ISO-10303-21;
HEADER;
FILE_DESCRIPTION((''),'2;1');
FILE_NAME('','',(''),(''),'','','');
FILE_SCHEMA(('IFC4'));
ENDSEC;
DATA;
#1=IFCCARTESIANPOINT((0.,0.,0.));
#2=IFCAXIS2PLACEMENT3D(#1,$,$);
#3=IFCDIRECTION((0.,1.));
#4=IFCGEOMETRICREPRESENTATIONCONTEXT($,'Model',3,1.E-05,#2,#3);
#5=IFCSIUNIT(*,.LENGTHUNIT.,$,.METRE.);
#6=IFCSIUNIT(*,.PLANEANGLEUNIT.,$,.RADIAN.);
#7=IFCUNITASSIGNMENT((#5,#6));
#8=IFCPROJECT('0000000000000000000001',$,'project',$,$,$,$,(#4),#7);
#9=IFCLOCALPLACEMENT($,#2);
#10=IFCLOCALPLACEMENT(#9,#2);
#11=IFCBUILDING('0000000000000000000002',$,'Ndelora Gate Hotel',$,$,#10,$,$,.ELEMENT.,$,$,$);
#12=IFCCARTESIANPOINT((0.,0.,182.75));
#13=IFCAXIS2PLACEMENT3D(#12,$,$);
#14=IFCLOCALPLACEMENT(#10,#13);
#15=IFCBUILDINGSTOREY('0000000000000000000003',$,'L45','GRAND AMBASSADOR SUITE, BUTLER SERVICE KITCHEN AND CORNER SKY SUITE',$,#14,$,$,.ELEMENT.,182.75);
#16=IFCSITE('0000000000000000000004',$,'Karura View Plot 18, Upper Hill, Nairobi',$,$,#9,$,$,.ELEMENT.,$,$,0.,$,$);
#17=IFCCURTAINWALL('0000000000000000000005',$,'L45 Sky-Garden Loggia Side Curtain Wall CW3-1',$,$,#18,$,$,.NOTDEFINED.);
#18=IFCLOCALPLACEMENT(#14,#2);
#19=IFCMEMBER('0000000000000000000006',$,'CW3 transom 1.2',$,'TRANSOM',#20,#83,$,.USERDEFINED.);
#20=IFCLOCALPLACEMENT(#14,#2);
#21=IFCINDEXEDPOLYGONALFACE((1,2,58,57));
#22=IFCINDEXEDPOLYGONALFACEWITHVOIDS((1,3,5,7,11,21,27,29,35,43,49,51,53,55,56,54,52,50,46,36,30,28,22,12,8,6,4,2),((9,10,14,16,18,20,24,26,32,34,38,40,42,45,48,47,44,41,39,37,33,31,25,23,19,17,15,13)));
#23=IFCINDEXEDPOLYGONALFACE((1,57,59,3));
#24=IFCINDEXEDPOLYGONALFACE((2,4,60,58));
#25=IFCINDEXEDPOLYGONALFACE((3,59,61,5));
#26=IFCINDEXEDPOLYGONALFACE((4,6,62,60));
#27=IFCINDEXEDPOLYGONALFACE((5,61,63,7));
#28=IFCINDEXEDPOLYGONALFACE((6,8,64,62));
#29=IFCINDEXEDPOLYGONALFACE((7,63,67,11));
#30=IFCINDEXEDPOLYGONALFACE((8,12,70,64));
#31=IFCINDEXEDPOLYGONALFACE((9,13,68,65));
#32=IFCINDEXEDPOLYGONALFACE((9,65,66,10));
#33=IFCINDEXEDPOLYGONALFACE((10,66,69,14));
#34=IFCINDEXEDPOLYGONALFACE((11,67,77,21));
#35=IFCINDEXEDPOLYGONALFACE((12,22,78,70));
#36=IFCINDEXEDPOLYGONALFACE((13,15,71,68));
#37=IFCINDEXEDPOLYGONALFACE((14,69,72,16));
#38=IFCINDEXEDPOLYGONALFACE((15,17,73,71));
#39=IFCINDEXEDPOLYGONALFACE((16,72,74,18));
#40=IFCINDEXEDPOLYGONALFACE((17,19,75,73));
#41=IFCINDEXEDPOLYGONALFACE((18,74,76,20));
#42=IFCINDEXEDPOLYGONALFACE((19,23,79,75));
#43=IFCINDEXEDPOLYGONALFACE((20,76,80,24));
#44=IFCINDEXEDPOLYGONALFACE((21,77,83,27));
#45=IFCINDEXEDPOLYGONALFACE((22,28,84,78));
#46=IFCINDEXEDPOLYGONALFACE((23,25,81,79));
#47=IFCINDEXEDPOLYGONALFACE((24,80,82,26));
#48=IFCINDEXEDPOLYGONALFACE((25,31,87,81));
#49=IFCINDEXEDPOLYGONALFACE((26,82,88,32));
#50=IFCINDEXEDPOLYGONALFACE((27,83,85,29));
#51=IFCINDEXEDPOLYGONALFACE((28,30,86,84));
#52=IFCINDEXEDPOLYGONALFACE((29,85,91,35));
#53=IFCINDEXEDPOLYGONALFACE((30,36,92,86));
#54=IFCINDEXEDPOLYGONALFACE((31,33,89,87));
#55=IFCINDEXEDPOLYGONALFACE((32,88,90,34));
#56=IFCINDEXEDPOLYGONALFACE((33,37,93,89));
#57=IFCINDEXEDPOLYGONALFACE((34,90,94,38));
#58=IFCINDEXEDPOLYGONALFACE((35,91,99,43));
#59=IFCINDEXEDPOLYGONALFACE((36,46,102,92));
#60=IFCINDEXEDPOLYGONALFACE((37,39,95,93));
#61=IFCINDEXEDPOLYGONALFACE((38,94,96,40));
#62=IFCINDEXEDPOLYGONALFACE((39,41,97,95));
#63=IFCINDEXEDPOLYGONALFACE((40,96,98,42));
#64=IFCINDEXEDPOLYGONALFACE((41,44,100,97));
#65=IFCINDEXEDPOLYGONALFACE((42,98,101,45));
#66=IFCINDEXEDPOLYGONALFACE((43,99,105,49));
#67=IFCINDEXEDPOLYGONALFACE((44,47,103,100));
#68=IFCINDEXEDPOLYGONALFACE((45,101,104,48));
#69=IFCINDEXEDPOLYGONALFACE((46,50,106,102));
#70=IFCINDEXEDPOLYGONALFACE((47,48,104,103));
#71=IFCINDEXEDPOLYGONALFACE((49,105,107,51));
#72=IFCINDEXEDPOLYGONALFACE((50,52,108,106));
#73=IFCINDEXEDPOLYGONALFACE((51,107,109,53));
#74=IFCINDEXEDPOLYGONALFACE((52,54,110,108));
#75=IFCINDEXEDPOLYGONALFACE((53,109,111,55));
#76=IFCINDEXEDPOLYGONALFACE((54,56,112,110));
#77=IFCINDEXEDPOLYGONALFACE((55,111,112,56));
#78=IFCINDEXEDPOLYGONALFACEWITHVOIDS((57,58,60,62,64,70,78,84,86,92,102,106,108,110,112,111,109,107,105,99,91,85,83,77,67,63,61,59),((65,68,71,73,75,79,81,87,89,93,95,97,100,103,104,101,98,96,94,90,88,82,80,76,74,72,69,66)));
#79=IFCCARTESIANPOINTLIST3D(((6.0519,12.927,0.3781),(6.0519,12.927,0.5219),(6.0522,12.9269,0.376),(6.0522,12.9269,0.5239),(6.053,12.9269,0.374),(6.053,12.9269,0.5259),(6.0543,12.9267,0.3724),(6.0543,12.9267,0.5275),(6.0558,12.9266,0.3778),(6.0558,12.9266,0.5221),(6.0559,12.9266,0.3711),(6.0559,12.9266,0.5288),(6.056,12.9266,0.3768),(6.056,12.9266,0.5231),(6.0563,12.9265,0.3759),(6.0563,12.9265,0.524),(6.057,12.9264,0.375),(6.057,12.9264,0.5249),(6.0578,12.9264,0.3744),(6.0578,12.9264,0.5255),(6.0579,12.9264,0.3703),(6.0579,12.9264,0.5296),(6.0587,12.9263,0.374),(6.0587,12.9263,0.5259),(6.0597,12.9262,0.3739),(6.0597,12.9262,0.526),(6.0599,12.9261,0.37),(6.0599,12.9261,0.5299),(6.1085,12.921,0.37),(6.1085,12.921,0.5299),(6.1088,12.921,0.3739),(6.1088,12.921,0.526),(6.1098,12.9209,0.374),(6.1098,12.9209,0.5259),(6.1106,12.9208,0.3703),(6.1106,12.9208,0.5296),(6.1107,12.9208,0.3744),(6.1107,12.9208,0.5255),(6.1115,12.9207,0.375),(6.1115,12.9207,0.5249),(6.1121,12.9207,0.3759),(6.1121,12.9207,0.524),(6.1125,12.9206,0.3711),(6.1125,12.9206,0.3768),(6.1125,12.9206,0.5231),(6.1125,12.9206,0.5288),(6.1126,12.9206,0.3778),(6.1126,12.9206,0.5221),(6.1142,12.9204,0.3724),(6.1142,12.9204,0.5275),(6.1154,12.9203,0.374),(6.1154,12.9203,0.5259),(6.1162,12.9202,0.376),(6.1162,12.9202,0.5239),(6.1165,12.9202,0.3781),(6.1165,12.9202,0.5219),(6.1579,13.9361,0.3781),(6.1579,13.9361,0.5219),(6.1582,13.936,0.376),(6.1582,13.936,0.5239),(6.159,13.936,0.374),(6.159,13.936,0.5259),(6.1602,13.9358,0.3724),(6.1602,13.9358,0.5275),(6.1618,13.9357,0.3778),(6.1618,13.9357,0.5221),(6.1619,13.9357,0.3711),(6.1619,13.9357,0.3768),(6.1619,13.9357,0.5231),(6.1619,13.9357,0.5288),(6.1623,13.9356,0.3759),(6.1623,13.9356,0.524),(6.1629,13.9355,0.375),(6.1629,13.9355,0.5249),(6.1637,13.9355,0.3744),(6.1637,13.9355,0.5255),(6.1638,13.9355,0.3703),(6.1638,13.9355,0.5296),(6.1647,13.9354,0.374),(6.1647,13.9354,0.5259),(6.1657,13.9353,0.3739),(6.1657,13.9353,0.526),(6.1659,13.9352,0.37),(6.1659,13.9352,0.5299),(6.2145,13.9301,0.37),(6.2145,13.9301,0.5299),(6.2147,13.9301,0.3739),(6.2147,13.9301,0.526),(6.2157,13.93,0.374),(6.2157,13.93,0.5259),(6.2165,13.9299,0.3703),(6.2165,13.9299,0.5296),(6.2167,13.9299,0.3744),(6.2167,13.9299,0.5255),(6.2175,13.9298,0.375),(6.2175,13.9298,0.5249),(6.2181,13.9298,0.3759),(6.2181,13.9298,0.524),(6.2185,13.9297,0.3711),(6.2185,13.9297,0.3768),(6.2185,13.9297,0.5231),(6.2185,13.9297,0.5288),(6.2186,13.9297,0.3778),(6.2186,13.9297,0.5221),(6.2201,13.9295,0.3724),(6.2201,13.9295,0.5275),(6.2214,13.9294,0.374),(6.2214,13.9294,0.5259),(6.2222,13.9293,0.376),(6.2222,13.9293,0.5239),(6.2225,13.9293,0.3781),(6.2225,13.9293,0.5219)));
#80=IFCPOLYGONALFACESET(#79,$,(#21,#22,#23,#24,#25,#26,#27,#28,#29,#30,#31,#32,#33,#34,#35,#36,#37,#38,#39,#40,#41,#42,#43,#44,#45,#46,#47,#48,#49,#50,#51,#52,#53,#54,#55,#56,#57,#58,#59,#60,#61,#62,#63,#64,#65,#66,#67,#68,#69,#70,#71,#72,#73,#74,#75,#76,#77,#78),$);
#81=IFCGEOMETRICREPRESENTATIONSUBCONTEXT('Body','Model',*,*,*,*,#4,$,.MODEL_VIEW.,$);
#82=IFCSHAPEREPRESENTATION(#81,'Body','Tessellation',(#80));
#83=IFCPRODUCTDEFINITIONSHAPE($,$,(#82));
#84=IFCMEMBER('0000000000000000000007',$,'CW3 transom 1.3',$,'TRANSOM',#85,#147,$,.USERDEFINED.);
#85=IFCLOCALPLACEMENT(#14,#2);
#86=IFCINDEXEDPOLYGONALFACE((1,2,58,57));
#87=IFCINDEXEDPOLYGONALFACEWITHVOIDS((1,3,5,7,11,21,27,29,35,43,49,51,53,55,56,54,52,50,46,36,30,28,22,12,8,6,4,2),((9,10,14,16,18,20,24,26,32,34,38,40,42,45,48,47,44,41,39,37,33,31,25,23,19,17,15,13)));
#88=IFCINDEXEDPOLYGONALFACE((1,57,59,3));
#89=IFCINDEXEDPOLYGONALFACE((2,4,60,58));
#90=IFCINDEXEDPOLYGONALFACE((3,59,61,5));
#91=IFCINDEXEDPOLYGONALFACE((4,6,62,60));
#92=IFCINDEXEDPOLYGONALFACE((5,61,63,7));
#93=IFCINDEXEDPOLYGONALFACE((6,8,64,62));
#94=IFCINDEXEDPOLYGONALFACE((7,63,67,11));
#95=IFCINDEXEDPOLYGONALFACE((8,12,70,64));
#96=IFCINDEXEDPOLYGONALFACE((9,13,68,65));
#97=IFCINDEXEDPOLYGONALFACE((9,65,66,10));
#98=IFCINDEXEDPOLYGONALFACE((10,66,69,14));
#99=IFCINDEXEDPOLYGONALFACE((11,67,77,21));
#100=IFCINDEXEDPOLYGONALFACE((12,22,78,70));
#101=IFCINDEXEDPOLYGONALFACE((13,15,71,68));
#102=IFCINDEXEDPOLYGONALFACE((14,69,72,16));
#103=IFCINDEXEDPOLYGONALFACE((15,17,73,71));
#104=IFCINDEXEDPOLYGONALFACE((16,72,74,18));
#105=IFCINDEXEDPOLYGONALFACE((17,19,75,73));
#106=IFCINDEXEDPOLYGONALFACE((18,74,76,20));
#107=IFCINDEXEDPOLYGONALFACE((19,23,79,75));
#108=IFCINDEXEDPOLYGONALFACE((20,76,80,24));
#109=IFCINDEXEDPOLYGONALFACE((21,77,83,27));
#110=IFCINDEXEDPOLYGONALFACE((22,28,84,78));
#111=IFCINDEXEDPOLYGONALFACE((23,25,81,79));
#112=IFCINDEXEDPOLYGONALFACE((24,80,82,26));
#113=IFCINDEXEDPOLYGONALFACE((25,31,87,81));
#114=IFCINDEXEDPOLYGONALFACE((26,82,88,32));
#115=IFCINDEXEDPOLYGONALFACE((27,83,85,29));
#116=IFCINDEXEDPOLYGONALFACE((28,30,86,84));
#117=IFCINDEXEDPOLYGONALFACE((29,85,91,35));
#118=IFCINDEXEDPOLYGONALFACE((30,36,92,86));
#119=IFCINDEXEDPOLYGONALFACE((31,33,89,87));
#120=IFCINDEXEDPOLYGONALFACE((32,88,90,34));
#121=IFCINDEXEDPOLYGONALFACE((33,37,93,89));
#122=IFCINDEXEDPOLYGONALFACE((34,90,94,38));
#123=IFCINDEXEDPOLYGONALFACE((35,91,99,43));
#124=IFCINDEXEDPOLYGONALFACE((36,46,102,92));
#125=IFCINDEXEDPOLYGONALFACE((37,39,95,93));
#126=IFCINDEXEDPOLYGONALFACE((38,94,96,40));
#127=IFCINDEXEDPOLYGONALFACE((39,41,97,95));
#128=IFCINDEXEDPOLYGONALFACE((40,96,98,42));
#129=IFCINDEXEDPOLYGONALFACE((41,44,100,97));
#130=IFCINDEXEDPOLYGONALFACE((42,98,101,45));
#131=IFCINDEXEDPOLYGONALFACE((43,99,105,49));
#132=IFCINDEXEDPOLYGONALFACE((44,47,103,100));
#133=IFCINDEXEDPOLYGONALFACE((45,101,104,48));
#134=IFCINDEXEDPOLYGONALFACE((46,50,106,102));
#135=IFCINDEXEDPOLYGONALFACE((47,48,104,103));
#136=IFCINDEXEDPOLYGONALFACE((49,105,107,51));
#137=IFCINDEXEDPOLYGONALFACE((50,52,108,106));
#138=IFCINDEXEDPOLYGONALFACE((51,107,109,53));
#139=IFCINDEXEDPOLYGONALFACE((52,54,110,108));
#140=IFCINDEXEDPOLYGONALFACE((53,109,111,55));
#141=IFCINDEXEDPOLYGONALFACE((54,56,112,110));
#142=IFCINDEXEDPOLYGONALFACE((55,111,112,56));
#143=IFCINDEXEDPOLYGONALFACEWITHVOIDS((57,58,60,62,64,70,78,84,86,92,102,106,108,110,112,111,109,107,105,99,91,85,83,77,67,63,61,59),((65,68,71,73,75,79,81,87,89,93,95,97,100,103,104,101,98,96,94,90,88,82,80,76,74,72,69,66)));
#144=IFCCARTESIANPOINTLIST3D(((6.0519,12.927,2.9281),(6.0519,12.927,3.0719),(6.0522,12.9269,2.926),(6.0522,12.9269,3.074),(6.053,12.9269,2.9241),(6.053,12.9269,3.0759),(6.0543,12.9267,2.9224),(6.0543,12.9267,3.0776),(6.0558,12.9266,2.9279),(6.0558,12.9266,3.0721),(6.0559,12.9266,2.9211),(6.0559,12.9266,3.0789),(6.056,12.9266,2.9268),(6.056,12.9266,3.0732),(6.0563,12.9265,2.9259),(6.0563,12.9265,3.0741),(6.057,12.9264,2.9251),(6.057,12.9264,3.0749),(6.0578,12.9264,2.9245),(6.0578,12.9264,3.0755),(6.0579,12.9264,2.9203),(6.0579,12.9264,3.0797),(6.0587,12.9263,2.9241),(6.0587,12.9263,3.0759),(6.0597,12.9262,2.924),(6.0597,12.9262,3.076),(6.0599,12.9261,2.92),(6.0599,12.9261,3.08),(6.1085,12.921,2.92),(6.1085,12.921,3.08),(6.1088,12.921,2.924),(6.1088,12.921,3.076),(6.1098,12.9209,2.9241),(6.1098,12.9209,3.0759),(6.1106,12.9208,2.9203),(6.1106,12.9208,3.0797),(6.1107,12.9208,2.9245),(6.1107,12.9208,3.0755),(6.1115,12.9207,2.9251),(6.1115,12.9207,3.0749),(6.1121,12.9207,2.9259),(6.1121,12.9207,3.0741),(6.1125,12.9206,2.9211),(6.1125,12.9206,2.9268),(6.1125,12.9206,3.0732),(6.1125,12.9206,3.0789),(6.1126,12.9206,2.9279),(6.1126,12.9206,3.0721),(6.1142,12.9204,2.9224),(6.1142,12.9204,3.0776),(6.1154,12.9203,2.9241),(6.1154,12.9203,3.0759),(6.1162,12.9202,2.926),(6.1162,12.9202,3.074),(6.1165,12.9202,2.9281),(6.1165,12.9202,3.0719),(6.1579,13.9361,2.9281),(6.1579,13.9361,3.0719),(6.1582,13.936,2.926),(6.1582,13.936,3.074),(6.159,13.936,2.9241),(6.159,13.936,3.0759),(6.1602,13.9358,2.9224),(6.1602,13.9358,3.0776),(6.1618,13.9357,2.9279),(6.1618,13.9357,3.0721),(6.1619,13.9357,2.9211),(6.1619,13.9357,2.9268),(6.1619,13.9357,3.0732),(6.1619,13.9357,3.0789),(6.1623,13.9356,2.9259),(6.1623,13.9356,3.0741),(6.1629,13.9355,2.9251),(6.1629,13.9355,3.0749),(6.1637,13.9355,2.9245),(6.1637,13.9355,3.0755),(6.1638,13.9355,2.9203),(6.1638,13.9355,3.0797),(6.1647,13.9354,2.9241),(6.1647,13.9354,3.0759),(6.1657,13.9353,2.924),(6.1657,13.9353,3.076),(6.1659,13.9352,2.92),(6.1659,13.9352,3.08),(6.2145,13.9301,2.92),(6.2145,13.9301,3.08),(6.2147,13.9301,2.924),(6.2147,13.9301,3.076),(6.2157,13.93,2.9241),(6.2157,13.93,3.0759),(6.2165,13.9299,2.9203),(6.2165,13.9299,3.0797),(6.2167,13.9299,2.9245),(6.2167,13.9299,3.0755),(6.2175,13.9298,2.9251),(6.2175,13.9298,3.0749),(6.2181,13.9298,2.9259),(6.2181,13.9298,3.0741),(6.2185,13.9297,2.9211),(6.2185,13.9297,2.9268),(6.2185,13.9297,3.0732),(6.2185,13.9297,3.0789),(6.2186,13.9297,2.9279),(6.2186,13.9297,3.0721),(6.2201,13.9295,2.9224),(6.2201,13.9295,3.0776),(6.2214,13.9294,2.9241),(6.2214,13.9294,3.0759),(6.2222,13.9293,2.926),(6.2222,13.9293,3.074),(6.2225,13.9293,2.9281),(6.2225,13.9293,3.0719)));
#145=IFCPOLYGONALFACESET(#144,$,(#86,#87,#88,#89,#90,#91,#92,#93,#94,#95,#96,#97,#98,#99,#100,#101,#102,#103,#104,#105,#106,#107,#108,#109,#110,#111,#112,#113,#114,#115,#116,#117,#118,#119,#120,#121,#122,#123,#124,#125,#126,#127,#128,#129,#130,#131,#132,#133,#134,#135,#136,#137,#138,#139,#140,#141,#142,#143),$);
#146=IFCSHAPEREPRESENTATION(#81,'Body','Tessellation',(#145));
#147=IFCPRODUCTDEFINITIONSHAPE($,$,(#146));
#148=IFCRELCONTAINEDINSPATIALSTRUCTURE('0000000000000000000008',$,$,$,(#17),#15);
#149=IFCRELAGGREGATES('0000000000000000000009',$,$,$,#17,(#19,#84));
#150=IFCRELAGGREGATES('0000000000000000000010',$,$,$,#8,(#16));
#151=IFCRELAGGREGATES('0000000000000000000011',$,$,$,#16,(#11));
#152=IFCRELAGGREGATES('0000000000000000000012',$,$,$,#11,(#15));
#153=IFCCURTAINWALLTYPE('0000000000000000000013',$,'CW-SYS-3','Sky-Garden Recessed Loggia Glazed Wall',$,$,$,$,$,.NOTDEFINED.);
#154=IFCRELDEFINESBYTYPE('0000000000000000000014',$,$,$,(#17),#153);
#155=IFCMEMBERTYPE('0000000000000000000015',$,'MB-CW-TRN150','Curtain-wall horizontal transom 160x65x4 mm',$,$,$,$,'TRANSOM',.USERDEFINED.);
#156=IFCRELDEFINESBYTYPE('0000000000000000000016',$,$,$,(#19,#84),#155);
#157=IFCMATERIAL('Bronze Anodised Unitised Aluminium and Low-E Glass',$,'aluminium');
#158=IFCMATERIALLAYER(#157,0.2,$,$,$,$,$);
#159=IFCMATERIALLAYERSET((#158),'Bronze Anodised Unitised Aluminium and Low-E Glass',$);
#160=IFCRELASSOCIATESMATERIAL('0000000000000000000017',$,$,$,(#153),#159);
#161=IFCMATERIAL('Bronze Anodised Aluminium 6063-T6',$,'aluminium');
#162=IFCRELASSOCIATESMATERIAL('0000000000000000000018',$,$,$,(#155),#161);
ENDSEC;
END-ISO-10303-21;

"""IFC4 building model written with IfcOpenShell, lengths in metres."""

from ifc_helpers import new_model, si_unit, direction, frame, origin, origin_2d, place, context, subcontext, project, spatial, hollow_rectangle, extrude, material, layer, layer_set, material_profile, profile_set, type_object, element, aggregate, save


model = new_model("IFC4")

# Units and contexts
model_context = context("Model", 3, precision=1e-05, world=origin(), true_north=direction((0.0, 1.0)))
body_context = subcontext(model_context, "Body", "Model", "MODEL_VIEW")
ifc_project = project(units=[si_unit("LENGTHUNIT", "METRE"), si_unit("PLANEANGLEUNIT", "RADIAN")], contexts=[model_context])

# Site, building, storey
site_placement = place(None, origin())
site = spatial("IfcSite", under=ifc_project, at=site_placement, Name="Karura View Plot 18, Upper Hill, Nairobi", CompositionType="ELEMENT", RefElevation=0.0)
building_placement = place(site_placement, origin())
building = spatial("IfcBuilding", under=site, at=building_placement, Name="Ndelora Gate Hotel", CompositionType="ELEMENT")
storey_placement = place(building_placement, frame((0.0, 0.0, 182.75)))
storey = spatial("IfcBuildingStorey", under=building, at=storey_placement, Name="L45", Description="GRAND AMBASSADOR SUITE, BUTLER SERVICE KITCHEN AND CORNER SKY SUITE", CompositionType="ELEMENT", Elevation=182.75)

# Curtain wall, members
ifc_material_1 = material(Name="Bronze Anodised Unitised Aluminium and Low-E Glass", Category="aluminium")
ifc_layer_1 = layer(ifc_material_1, 0.2)
ifc_layer_set_1 = layer_set([ifc_layer_1], Name="Bronze Anodised Unitised Aluminium and Low-E Glass")
curtain_wall_type = type_object("IfcCurtainWallType", Name="CW-SYS-3", Description="Sky-Garden Recessed Loggia Glazed Wall", PredefinedType="NOTDEFINED", material=ifc_layer_set_1)
curtain_wall_placement = place(storey_placement, origin())
curtain_wall = element("IfcCurtainWall", 1, at=curtain_wall_placement, inside=storey, type_object=curtain_wall_type, Name="L45 Sky-Garden Loggia Side Curtain Wall CW3-1", PredefinedType="NOTDEFINED")
ifc_material_2 = material(Name="Bronze Anodised Aluminium 6063-T6", Category="aluminium")
ifc_material_profile_1 = material_profile(ifc_material_2, hollow_rectangle(XDim=0.0649, YDim=0.1599, WallThickness=0.0039, InnerFilletRadius=0.0039, OuterFilletRadius=0.0081, at=origin_2d()), Name="ALU 160x65x4")
ifc_profile_set_1 = profile_set([ifc_material_profile_1], Name="Bronze Anodised Aluminium 6063-T6")
member_type_1 = type_object("IfcMemberType", Name="MB-CW-TRN150", Description="Curtain-wall horizontal transom 160x65x4 mm", ElementType="TRANSOM", PredefinedType="USERDEFINED", material=ifc_profile_set_1)
member_1_placement = place(storey_placement, frame((6.0842, 12.9236, 0.45), z_axis=(0.104434, 0.994532, 0.0), x_axis=(-0.994532, 0.104434, 0.0)))
member_1 = element("IfcMember", 2, at=member_1_placement, type_object=member_type_1, Name="CW3 transom 1.2", ObjectType="TRANSOM", PredefinedType="USERDEFINED", context=body_context, shape_type="SweptSolid", body=[
    extrude(hollow_rectangle(XDim=0.0649, YDim=0.1599, WallThickness=0.0039, InnerFilletRadius=0.0039, OuterFilletRadius=0.0081, at=origin_2d()), origin(), (0.0, 0.0, 1.0), 1.0146),
])
member_2_placement = place(storey_placement, frame((6.0842, 12.9236, 3.0), z_axis=(0.104434, 0.994532, 0.0), x_axis=(-0.994532, 0.104434, 0.0)))
member_2 = element("IfcMember", 3, at=member_2_placement, type_object=member_type_1, Name="CW3 transom 1.3", ObjectType="TRANSOM", PredefinedType="USERDEFINED", context=body_context, shape_type="SweptSolid", body=[
    extrude(hollow_rectangle(XDim=0.0649, YDim=0.1599, WallThickness=0.0039, InnerFilletRadius=0.0039, OuterFilletRadius=0.0081, at=origin_2d()), origin(), (0.0, 0.0, 1.0), 1.0146),
])
aggregate(curtain_wall, [member_1, member_2])

save(model, "model.ifc")
